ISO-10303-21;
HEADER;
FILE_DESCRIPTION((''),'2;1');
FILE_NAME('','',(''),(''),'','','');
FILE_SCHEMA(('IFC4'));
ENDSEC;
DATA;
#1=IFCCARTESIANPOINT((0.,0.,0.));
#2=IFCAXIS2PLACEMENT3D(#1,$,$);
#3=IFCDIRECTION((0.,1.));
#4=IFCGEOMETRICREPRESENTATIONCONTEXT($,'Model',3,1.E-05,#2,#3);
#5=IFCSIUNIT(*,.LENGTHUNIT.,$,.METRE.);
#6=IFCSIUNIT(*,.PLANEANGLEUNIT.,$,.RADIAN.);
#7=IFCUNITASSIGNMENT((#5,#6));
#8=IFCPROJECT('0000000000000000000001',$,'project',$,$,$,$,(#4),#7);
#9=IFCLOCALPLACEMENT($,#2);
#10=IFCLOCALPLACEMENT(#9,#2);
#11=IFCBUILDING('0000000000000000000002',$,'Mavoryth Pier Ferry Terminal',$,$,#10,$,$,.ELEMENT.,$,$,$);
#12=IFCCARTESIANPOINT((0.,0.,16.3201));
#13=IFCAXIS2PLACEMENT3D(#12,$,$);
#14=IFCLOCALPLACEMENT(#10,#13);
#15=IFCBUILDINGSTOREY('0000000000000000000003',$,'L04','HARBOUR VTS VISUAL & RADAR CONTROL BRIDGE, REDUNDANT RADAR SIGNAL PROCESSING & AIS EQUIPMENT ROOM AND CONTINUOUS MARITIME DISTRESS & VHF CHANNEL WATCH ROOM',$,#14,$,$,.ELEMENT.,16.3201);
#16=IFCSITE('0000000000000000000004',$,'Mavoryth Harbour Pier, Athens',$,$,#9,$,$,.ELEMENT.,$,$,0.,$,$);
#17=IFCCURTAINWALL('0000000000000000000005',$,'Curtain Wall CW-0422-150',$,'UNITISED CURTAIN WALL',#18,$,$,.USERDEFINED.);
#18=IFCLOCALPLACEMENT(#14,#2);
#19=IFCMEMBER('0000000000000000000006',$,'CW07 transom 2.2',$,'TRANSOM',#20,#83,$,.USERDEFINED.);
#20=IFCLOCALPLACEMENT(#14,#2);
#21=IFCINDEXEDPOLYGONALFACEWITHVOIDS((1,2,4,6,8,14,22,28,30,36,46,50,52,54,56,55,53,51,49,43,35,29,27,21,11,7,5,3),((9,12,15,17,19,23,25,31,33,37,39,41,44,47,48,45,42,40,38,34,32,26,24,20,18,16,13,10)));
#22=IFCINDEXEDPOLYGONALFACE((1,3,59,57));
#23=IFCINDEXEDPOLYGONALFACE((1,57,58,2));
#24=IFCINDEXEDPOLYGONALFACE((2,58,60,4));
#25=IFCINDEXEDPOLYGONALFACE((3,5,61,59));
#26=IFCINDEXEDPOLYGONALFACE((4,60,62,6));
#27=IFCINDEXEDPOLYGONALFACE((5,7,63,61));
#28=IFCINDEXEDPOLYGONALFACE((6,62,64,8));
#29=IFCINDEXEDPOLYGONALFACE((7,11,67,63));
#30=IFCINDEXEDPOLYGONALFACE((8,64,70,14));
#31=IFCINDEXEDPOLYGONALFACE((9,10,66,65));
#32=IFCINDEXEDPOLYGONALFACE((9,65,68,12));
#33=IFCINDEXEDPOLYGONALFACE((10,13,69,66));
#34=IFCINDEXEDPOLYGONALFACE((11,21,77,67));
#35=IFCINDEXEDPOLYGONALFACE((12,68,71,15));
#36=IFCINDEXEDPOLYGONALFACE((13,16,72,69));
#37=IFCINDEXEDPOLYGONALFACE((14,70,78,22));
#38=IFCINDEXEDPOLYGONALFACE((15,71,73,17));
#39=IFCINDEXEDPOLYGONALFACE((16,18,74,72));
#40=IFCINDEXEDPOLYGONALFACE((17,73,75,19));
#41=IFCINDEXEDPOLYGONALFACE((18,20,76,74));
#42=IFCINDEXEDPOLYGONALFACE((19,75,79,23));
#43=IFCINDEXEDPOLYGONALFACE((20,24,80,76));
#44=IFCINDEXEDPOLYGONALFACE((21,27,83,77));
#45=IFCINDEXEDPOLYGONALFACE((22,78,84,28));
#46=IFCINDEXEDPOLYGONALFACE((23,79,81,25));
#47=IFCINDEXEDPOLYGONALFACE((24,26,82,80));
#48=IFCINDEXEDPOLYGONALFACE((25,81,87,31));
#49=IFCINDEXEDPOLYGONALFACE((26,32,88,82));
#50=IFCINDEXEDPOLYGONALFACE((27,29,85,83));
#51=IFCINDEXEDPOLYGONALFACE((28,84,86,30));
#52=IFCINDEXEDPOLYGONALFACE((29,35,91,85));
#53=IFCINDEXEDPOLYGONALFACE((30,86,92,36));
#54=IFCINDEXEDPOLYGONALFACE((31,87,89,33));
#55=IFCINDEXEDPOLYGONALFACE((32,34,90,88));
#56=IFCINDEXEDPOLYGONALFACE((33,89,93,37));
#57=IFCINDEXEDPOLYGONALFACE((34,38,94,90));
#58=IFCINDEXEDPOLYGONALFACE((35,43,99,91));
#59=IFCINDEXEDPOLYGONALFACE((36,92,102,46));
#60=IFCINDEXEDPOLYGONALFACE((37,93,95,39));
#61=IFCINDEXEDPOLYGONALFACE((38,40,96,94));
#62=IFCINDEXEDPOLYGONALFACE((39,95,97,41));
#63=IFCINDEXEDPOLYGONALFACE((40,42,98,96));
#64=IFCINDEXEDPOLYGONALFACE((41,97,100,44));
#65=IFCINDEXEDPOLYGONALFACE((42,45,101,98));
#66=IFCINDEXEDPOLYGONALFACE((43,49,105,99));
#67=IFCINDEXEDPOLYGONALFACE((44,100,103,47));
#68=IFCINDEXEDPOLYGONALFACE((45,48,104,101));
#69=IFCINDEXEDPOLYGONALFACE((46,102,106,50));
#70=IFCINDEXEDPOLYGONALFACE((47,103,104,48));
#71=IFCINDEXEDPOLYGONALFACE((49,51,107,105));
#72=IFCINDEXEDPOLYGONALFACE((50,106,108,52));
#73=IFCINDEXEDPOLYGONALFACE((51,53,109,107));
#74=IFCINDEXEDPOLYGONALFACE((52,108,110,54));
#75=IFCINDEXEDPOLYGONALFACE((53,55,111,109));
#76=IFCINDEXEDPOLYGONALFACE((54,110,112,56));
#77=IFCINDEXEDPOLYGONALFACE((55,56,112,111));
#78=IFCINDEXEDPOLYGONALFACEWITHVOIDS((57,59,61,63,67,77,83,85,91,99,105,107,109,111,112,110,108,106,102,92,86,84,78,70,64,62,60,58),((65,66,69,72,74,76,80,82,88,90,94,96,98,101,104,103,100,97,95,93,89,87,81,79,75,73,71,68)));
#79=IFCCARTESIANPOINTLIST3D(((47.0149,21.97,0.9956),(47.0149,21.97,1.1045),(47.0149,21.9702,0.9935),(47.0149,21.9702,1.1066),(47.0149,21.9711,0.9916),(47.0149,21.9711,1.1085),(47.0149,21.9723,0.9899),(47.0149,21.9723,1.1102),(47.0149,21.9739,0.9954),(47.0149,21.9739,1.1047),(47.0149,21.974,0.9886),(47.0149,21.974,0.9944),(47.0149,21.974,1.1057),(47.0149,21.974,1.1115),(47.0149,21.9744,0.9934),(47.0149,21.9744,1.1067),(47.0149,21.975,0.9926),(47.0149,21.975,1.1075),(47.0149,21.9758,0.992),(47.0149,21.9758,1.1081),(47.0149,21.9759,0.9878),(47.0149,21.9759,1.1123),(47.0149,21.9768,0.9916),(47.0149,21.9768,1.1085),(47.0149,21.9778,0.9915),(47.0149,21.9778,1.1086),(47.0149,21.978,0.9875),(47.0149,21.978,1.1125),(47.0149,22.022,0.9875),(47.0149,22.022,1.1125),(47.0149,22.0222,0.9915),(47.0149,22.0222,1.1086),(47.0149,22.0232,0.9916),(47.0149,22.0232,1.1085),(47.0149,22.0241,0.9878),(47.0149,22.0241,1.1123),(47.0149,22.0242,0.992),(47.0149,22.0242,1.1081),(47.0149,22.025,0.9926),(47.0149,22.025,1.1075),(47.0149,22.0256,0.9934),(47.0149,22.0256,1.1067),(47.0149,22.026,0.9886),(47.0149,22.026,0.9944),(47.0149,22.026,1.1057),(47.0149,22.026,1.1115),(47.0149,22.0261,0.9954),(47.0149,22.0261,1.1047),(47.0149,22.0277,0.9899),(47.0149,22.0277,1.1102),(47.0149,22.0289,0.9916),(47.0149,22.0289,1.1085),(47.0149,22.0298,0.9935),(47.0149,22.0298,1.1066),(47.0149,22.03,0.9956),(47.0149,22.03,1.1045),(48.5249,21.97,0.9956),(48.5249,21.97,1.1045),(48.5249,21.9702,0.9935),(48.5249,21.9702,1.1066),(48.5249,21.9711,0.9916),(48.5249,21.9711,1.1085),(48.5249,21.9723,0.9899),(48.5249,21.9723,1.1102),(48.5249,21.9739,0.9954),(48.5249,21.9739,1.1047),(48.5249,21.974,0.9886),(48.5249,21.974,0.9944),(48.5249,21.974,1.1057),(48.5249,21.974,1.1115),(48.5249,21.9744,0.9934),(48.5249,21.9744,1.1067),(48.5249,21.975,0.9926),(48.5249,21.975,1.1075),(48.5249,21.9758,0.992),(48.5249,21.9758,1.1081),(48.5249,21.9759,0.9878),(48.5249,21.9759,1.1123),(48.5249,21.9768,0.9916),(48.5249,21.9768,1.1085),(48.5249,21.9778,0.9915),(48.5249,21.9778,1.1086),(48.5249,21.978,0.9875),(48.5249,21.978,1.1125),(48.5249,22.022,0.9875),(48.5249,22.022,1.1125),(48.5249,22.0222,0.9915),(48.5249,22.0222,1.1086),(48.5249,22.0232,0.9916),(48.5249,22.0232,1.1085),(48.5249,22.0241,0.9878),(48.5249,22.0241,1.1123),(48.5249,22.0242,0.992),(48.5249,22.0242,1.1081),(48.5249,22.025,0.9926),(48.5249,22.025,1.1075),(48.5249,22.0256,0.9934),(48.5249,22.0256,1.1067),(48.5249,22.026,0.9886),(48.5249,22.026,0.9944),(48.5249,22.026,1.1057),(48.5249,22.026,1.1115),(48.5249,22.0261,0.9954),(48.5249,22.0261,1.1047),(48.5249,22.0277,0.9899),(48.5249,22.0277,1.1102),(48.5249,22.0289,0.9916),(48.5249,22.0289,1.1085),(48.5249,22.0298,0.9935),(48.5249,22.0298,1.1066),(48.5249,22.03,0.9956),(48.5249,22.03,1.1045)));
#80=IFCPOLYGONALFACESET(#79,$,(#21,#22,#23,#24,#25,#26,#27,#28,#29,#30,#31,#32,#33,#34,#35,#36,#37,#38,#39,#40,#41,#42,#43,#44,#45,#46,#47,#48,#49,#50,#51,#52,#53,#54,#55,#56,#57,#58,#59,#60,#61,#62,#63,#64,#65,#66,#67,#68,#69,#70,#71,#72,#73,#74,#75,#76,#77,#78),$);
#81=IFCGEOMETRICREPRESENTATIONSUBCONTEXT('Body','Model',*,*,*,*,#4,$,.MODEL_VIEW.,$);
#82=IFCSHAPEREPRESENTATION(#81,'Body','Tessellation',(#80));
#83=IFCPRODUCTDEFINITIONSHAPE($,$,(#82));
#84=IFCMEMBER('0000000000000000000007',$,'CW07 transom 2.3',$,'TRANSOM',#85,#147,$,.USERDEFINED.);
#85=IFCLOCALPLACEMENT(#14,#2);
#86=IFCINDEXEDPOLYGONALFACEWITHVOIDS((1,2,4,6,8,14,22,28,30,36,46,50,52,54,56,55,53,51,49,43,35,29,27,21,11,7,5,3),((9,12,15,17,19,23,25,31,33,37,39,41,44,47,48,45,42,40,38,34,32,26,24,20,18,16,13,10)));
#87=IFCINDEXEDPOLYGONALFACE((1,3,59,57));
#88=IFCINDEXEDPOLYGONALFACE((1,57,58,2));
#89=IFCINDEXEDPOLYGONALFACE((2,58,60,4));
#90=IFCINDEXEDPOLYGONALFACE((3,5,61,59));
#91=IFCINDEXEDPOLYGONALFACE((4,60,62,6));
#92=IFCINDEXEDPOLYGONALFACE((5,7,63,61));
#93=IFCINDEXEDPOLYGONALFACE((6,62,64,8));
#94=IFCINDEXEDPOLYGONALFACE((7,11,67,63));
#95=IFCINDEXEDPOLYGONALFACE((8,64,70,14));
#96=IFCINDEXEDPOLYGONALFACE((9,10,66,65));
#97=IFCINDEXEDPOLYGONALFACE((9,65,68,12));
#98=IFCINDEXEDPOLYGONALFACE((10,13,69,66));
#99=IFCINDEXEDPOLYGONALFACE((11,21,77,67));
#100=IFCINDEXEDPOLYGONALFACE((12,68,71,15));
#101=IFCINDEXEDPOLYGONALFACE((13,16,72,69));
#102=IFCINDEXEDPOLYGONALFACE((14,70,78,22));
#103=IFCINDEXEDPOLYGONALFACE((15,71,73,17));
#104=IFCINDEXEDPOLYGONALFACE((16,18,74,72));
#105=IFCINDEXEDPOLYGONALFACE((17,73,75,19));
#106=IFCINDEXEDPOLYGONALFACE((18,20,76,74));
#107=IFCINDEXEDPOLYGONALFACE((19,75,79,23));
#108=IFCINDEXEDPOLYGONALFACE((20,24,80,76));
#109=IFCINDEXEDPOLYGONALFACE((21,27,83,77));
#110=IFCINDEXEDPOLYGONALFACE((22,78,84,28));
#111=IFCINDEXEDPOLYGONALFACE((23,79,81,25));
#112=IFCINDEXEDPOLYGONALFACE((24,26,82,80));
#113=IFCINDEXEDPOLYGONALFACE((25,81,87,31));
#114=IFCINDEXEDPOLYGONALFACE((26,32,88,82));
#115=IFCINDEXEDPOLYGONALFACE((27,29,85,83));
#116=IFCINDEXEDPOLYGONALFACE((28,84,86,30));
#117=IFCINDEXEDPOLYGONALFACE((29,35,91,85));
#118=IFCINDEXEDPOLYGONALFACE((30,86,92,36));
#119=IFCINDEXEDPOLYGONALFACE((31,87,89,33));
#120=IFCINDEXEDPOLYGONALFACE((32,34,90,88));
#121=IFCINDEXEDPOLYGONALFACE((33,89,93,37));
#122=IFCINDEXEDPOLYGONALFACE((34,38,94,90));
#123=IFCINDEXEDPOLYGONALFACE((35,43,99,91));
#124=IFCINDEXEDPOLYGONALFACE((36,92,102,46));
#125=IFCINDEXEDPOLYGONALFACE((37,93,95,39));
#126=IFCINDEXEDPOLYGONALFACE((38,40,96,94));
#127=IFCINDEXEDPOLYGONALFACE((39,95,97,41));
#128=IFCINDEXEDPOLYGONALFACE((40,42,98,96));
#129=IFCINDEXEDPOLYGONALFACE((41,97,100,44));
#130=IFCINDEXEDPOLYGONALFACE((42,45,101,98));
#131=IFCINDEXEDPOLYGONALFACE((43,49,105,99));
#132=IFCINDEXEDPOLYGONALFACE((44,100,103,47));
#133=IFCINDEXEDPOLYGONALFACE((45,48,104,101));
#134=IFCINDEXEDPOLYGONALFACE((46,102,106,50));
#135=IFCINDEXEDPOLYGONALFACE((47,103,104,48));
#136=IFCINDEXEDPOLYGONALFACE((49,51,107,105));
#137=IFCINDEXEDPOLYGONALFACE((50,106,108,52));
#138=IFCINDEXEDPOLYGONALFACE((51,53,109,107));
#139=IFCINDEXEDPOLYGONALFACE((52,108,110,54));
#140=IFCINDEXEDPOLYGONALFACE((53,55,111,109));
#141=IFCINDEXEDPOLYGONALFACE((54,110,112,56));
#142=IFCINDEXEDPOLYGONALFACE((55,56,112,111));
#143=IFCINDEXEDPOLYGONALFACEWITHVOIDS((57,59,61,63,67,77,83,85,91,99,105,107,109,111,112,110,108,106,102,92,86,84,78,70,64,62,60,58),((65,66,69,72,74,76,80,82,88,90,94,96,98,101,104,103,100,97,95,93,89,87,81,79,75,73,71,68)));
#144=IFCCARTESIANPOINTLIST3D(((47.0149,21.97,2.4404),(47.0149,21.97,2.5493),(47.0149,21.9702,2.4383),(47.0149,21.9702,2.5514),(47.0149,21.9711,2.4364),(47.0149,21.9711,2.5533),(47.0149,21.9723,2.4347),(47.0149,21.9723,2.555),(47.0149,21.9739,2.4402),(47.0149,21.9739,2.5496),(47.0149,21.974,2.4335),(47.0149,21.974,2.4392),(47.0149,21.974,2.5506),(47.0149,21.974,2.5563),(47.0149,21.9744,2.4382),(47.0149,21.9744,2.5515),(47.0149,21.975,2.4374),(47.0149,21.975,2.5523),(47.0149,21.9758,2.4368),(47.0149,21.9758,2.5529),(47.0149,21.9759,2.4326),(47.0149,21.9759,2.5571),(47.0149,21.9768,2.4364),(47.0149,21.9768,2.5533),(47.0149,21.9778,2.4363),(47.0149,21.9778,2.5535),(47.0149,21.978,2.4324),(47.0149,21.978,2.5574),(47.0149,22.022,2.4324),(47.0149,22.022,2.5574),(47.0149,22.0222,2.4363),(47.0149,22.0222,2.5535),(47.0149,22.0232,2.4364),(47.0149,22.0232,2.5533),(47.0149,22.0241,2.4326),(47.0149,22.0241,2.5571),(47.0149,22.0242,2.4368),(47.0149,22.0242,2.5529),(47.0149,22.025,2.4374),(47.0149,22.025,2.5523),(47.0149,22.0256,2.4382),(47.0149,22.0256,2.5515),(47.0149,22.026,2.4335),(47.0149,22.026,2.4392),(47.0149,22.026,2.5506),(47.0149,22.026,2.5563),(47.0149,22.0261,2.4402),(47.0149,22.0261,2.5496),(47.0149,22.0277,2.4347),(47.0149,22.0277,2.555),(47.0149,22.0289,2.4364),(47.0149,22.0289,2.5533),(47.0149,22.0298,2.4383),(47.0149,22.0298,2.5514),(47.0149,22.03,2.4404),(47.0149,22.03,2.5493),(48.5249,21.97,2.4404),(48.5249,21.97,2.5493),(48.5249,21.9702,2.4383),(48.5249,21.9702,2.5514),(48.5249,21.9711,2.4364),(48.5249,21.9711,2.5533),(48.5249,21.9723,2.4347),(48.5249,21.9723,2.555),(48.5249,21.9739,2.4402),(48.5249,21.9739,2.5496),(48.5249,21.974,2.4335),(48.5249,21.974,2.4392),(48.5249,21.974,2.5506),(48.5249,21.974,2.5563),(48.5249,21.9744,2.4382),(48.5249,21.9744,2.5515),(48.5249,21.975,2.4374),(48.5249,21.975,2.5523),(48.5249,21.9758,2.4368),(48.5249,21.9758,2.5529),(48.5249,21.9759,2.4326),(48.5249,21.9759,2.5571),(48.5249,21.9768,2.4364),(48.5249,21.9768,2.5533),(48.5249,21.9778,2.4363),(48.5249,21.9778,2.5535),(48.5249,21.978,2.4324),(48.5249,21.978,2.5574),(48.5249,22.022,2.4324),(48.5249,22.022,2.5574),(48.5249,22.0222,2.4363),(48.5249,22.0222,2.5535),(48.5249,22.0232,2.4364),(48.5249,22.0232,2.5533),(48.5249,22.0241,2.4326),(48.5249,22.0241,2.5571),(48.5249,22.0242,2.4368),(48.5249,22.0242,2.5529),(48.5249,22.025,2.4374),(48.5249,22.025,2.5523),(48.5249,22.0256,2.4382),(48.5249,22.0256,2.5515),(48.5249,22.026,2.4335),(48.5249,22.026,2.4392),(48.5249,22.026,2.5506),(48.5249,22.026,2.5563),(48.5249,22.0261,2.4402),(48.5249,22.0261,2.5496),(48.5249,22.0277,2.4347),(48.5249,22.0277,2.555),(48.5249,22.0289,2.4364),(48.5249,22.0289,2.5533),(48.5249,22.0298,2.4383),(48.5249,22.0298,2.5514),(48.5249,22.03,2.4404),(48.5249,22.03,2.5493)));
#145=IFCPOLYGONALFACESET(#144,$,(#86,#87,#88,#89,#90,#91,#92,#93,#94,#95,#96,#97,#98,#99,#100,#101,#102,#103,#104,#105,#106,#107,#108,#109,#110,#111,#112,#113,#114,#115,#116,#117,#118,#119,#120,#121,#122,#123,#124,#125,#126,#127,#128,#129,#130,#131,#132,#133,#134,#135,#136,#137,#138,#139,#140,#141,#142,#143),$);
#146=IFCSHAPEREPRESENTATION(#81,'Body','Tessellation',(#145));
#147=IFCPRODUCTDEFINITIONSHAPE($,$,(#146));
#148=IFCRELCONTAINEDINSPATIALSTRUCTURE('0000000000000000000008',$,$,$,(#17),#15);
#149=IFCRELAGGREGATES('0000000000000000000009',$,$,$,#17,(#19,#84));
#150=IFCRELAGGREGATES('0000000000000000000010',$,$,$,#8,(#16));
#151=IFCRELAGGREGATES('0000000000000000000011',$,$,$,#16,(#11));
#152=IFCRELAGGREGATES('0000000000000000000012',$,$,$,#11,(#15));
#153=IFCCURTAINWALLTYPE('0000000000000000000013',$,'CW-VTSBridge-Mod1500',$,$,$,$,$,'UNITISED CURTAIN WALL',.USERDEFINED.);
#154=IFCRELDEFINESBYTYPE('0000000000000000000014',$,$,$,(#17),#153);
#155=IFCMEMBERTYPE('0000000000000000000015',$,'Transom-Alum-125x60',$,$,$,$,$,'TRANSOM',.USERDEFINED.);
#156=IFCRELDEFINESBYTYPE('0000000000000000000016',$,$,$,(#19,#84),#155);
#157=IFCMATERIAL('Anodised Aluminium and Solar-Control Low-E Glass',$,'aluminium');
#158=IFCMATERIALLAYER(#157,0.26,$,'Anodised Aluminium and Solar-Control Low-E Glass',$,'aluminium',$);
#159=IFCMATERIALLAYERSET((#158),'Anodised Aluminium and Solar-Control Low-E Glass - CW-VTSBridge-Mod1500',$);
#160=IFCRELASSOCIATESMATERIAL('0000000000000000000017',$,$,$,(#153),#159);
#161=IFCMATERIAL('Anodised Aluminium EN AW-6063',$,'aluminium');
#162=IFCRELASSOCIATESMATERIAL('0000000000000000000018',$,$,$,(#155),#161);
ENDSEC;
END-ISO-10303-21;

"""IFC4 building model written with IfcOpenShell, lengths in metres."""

from ifc_helpers import new_model, si_unit, direction, frame, origin, origin_2d, place, context, subcontext, project, spatial, hollow_rectangle, extrude, material, layer, layer_set, material_profile, profile_set, type_object, element, aggregate, save


model = new_model("IFC4")

# Units and contexts
model_context = context("Model", 3, precision=1e-05, world=origin(), true_north=direction((0.0, 1.0)))
body_context = subcontext(model_context, "Body", "Model", "MODEL_VIEW")
ifc_project = project(units=[si_unit("LENGTHUNIT", "METRE"), si_unit("PLANEANGLEUNIT", "RADIAN")], contexts=[model_context])

# Site, building, storey
site_placement = place(None, origin())
site = spatial("IfcSite", under=ifc_project, at=site_placement, Name="Mavoryth Harbour Pier, Athens", CompositionType="ELEMENT", RefElevation=0.0)
building_placement = place(site_placement, origin())
building = spatial("IfcBuilding", under=site, at=building_placement, Name="Mavoryth Pier Ferry Terminal", CompositionType="ELEMENT")
storey_placement = place(building_placement, frame((0.0, 0.0, 16.3201)))
storey = spatial("IfcBuildingStorey", under=building, at=storey_placement, Name="L04", Description="HARBOUR VTS VISUAL & RADAR CONTROL BRIDGE, REDUNDANT RADAR SIGNAL PROCESSING & AIS EQUIPMENT ROOM AND CONTINUOUS MARITIME DISTRESS & VHF CHANNEL WATCH ROOM", CompositionType="ELEMENT", Elevation=16.3201)

# Curtain wall, members
ifc_material_1 = material(Name="Anodised Aluminium and Solar-Control Low-E Glass", Category="aluminium")
ifc_layer_1 = layer(ifc_material_1, 0.26, Name="Anodised Aluminium and Solar-Control Low-E Glass", Category="aluminium")
ifc_layer_set_1 = layer_set([ifc_layer_1], Name="Anodised Aluminium and Solar-Control Low-E Glass - CW-VTSBridge-Mod1500")
curtain_wall_type = type_object("IfcCurtainWallType", Name="CW-VTSBridge-Mod1500", ElementType="UNITISED CURTAIN WALL", PredefinedType="USERDEFINED", material=ifc_layer_set_1)
curtain_wall_placement = place(storey_placement, origin())
curtain_wall = element("IfcCurtainWall", 1, at=curtain_wall_placement, inside=storey, type_object=curtain_wall_type, Name="Curtain Wall CW-0422-150", ObjectType="UNITISED CURTAIN WALL", PredefinedType="USERDEFINED")
ifc_material_2 = material(Name="Anodised Aluminium EN AW-6063", Category="aluminium")
ifc_material_profile_1 = material_profile(ifc_material_2, hollow_rectangle(XDim=0.0601, YDim=0.125, WallThickness=0.0039, InnerFilletRadius=0.0039, OuterFilletRadius=0.0081, at=origin_2d()), Name="AL-TRAN 125x60x4", Category="aluminium")
ifc_profile_set_1 = profile_set([ifc_material_profile_1], Name="Anodised Aluminium EN AW-6063 - AL-TRAN 125x60x4")
member_type_1 = type_object("IfcMemberType", Name="Transom-Alum-125x60", ElementType="TRANSOM", PredefinedType="USERDEFINED", material=ifc_profile_set_1)
member_1_placement = place(storey_placement, frame((48.5249, 22.0, 1.05), z_axis=(-1.0, 0.0, 0.0), x_axis=(0.0, -1.0, 0.0)))
member_1 = element("IfcMember", 2, at=member_1_placement, type_object=member_type_1, Name="CW07 transom 2.2", ObjectType="TRANSOM", PredefinedType="USERDEFINED", context=body_context, shape_type="SweptSolid", body=[
    extrude(hollow_rectangle(XDim=0.0601, YDim=0.125, WallThickness=0.0039, InnerFilletRadius=0.0039, OuterFilletRadius=0.0081, at=origin_2d()), origin(), (0.0, 0.0, 1.0), 1.51),
])
member_2_placement = place(storey_placement, frame((48.5249, 22.0, 2.4949), z_axis=(-1.0, 0.0, 0.0), x_axis=(0.0, -1.0, 0.0)))
member_2 = element("IfcMember", 3, at=member_2_placement, type_object=member_type_1, Name="CW07 transom 2.3", ObjectType="TRANSOM", PredefinedType="USERDEFINED", context=body_context, shape_type="SweptSolid", body=[
    extrude(hollow_rectangle(XDim=0.0601, YDim=0.125, WallThickness=0.0039, InnerFilletRadius=0.0039, OuterFilletRadius=0.0081, at=origin_2d()), origin(), (0.0, 0.0, 1.0), 1.51),
])
aggregate(curtain_wall, [member_1, member_2])

save(model, "model.ifc")
